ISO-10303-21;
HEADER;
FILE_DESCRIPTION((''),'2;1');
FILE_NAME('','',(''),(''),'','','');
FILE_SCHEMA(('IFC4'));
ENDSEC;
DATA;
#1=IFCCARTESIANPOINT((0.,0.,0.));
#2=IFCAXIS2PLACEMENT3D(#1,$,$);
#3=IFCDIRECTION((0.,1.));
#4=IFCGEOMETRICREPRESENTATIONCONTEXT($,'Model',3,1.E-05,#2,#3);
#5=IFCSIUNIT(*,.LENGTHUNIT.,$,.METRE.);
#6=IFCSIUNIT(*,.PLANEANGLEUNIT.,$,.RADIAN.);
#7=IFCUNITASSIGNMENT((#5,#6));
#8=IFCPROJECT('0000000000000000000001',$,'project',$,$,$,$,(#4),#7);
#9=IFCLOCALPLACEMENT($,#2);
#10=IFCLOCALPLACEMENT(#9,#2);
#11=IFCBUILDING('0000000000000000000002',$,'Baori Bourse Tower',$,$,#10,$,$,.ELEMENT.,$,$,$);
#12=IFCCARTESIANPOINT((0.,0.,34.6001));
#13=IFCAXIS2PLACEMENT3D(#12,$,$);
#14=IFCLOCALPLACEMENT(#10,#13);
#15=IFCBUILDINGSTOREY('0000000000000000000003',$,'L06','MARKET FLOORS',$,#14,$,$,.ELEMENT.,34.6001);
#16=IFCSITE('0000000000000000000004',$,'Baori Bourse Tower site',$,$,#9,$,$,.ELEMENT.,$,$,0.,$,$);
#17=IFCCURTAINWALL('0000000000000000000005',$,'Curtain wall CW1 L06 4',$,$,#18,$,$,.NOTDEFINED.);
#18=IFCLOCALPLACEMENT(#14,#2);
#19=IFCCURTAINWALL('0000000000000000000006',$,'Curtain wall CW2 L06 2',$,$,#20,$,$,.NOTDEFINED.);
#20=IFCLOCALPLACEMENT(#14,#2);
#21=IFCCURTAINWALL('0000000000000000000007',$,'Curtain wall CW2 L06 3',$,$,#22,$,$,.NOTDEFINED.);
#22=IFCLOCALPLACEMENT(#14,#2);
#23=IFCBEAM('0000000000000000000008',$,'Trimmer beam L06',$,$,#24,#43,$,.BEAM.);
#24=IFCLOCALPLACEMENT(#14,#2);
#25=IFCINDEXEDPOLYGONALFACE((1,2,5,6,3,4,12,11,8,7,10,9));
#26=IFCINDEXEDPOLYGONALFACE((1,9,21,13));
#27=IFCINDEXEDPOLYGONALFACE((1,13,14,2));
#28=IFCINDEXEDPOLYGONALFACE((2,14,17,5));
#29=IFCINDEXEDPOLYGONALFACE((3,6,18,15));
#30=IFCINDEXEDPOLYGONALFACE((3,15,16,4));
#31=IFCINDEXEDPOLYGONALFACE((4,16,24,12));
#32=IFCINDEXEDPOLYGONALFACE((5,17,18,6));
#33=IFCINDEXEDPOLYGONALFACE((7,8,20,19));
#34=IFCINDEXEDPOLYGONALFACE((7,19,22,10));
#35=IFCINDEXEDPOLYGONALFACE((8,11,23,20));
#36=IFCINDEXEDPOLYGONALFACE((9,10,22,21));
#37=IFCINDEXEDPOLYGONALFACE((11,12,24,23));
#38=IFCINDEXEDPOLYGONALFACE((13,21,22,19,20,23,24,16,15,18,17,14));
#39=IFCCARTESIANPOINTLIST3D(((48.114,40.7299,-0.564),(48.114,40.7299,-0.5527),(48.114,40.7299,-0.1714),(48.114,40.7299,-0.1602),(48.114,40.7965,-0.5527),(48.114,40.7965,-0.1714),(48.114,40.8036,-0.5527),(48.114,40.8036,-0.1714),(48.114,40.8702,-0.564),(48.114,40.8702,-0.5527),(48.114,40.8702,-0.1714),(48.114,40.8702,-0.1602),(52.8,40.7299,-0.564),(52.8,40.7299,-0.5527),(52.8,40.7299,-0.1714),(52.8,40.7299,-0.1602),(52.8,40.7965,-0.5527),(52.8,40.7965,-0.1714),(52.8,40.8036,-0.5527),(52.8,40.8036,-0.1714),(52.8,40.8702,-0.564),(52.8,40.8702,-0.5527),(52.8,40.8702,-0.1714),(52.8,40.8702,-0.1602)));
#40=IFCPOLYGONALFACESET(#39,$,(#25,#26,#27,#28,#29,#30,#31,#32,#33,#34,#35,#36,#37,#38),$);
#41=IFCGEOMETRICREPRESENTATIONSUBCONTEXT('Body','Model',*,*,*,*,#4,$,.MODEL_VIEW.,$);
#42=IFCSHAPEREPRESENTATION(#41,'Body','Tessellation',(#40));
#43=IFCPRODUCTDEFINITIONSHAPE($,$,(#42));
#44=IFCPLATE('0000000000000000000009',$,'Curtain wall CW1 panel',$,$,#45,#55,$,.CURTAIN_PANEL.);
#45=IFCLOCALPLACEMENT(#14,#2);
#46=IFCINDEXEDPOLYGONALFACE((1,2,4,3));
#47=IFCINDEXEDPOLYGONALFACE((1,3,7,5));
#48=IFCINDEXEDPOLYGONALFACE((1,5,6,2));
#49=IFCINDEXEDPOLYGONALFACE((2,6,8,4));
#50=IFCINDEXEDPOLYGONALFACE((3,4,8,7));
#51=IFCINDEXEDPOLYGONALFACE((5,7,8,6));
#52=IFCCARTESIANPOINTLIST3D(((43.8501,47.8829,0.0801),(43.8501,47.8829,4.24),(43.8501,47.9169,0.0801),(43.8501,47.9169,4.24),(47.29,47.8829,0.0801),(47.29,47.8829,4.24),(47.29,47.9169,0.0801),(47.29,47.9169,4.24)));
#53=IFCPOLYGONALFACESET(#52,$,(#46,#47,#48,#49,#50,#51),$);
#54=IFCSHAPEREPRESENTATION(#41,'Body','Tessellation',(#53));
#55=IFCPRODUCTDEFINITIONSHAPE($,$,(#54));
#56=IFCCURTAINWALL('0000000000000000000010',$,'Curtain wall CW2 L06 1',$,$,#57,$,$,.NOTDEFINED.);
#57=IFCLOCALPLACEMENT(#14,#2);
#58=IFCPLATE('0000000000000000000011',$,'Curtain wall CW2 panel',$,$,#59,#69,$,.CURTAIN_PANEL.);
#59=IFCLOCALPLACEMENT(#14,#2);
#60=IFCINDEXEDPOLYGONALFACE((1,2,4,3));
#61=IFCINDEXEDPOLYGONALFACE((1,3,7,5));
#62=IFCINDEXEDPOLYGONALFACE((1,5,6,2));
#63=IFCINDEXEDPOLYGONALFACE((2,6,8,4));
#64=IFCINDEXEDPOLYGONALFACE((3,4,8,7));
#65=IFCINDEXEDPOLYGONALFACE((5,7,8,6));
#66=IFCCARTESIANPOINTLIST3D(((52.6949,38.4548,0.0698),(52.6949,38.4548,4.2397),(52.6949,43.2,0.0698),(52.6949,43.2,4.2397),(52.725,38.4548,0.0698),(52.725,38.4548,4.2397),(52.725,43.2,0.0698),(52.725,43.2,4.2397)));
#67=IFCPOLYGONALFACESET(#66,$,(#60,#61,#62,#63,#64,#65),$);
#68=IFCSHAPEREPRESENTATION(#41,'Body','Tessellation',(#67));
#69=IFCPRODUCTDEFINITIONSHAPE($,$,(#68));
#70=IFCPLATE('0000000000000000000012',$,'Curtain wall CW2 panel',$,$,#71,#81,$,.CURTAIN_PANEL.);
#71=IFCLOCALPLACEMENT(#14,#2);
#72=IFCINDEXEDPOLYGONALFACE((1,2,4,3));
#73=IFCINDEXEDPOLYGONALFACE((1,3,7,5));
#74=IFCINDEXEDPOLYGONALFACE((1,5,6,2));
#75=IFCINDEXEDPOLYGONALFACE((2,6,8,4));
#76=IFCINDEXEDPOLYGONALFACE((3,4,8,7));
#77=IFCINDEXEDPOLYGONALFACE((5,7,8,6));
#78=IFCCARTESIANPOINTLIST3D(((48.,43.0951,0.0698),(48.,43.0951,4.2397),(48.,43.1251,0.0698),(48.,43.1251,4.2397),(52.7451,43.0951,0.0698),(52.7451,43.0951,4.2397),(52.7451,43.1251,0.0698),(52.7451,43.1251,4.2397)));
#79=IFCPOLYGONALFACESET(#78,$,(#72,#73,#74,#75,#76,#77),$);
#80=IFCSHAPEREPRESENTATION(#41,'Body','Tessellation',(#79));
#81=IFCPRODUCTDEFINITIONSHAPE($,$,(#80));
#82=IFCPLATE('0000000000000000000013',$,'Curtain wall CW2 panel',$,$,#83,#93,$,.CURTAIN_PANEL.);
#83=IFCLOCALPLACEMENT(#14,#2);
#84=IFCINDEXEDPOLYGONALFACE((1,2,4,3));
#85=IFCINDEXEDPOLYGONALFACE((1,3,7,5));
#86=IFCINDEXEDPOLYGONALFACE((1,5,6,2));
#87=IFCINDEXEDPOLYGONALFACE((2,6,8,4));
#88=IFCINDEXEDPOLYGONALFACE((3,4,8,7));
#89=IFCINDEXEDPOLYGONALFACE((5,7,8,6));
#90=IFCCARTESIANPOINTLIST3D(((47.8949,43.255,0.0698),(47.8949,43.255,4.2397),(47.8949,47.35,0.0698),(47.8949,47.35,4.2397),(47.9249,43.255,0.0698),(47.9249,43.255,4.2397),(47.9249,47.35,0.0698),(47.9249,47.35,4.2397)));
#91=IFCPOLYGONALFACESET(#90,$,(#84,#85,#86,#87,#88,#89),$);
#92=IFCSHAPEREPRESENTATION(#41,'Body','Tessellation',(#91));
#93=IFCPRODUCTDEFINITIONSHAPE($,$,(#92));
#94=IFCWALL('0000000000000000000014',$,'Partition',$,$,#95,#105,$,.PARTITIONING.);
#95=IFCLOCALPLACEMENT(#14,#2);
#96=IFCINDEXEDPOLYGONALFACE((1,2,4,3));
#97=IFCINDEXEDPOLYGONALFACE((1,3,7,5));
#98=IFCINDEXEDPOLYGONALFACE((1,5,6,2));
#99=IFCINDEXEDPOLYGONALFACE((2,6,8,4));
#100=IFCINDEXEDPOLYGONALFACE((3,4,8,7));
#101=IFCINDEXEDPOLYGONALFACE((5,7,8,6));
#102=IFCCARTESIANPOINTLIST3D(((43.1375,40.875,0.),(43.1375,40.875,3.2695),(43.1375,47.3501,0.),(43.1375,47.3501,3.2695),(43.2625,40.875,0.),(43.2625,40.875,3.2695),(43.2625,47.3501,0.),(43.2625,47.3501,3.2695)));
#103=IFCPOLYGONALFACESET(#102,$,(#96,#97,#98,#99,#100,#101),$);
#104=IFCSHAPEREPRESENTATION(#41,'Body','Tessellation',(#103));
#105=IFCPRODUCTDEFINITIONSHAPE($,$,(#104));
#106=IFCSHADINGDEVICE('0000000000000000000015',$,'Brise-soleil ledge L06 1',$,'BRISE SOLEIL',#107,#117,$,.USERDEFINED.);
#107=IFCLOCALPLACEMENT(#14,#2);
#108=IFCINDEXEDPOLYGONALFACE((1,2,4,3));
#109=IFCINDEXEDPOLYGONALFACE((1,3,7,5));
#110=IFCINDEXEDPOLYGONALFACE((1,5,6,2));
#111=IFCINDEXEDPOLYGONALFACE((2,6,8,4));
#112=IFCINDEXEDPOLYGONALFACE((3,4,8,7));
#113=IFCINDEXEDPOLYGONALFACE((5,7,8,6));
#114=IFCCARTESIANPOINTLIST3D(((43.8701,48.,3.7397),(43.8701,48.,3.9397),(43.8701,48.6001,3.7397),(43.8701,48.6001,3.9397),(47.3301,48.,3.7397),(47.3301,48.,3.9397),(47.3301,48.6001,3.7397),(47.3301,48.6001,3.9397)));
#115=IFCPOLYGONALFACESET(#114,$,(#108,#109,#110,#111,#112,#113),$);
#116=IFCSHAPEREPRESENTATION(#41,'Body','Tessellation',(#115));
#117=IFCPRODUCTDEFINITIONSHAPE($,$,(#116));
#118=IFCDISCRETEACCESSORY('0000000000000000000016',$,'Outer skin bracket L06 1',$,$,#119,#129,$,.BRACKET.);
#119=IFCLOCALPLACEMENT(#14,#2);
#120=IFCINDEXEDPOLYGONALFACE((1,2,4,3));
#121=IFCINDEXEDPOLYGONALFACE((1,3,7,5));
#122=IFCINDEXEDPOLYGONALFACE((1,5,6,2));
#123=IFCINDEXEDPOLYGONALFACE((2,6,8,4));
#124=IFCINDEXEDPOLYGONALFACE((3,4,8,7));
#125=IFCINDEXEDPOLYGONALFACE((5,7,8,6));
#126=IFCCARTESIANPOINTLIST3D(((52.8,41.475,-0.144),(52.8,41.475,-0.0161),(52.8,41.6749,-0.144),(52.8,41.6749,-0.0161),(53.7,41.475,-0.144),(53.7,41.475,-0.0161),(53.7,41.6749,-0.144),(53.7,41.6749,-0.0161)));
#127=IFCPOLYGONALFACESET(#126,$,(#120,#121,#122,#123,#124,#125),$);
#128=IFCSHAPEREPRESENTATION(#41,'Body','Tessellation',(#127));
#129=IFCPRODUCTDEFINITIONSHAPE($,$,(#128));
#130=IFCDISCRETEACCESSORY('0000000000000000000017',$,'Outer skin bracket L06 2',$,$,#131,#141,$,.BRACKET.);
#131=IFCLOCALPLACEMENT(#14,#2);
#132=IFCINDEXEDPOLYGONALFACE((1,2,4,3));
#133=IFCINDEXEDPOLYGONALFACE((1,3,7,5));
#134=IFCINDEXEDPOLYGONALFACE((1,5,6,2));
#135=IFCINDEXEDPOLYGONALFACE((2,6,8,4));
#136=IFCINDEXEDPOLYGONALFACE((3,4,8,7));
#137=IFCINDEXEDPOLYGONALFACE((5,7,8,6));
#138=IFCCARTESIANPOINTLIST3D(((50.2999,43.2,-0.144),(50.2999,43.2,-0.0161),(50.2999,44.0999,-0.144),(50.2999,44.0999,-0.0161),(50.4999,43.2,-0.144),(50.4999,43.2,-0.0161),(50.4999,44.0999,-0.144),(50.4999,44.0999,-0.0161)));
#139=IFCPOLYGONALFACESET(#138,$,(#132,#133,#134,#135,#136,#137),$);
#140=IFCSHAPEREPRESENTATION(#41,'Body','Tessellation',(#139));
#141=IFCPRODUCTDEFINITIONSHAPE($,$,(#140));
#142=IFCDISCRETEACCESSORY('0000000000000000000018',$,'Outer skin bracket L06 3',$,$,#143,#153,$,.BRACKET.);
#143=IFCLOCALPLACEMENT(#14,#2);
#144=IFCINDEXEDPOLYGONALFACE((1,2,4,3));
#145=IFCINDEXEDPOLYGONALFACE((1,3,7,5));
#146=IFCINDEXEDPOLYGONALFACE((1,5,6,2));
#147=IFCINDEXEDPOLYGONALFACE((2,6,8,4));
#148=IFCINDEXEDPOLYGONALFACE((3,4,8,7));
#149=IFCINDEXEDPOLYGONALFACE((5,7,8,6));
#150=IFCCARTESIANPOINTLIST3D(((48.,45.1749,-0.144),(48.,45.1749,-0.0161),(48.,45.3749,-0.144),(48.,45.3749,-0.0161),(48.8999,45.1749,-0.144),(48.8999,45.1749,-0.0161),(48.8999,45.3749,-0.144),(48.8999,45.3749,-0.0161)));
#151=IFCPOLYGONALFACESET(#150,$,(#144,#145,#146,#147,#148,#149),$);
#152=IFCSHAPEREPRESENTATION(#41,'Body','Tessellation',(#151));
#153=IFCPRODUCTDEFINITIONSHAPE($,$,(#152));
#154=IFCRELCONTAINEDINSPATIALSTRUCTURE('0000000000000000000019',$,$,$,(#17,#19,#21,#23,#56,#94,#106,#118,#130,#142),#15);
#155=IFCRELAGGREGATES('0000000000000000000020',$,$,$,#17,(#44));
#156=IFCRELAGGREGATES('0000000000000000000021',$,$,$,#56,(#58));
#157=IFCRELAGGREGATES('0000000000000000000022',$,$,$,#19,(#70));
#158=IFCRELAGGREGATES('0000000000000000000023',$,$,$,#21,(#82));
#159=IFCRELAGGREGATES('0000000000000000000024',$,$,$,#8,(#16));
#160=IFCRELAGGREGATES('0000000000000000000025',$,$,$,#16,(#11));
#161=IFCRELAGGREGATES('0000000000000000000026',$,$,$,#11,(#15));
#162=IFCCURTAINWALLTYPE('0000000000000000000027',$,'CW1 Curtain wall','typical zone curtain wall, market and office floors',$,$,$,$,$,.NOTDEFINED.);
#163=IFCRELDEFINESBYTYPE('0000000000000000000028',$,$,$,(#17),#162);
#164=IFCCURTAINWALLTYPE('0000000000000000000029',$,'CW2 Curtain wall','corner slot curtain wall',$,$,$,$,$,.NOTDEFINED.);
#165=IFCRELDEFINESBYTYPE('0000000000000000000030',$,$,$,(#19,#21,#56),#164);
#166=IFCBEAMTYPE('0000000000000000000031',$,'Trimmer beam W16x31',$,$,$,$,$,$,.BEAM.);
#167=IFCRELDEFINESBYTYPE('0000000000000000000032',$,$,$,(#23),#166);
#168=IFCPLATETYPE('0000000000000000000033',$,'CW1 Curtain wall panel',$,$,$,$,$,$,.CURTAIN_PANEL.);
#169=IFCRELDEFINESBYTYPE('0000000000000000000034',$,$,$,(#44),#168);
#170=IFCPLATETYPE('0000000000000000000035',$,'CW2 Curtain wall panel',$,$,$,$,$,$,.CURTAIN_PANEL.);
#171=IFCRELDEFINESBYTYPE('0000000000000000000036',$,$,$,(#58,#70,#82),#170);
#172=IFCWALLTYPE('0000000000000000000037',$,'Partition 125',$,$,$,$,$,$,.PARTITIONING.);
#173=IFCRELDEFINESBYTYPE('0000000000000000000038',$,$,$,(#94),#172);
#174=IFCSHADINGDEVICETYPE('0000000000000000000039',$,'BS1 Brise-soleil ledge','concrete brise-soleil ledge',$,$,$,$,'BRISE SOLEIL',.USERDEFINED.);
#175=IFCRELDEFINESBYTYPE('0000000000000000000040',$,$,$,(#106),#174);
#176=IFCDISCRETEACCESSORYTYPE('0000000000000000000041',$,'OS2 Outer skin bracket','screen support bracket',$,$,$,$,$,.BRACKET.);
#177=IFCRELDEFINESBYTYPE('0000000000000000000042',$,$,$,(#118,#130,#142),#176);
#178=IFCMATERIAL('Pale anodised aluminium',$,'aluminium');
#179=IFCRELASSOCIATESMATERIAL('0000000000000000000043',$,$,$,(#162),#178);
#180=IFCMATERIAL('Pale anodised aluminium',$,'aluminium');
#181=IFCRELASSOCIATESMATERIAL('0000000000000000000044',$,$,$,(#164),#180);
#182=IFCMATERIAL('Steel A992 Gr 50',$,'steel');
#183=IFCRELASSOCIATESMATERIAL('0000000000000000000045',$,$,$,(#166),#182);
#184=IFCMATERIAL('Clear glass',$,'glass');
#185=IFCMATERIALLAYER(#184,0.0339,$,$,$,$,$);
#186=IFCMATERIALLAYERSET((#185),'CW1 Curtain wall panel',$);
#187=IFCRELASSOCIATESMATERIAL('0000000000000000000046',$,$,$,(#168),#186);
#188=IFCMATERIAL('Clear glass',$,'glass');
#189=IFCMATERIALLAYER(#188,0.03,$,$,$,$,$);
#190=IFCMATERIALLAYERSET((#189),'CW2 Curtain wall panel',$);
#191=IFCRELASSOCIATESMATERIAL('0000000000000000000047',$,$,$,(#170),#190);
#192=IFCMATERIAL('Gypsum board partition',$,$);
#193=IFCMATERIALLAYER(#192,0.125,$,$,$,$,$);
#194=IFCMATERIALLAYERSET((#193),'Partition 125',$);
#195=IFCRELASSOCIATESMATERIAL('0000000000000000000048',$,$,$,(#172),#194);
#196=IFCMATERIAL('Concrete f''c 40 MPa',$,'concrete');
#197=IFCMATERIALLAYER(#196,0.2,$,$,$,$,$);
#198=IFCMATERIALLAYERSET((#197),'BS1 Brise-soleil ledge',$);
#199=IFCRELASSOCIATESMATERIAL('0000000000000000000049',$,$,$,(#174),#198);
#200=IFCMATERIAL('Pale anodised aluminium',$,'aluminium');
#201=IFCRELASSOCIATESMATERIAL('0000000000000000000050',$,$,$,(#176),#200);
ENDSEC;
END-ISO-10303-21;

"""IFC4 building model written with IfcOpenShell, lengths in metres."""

from ifc_helpers import new_model, si_unit, direction, frame, frame_2d, origin, origin_2d, place, context, subcontext, project, spatial, rectangle, i_section, extrude, material, layer, layer_set, material_profile, profile_set, type_object, element, aggregate, save


model = new_model("IFC4")

# Units and contexts
model_context = context("Model", 3, precision=1e-05, world=origin(), true_north=direction((0.0, 1.0)))
body_context = subcontext(model_context, "Body", "Model", "MODEL_VIEW")
ifc_project = project(units=[si_unit("LENGTHUNIT", "METRE"), si_unit("PLANEANGLEUNIT", "RADIAN")], contexts=[model_context])

# Site, building, storey
site_placement = place(None, origin())
site = spatial("IfcSite", under=ifc_project, at=site_placement, Name="Baori Bourse Tower site", CompositionType="ELEMENT", RefElevation=0.0)
building_placement = place(site_placement, origin())
building = spatial("IfcBuilding", under=site, at=building_placement, Name="Baori Bourse Tower", CompositionType="ELEMENT")
storey_placement = place(building_placement, frame((0.0, 0.0, 34.6001)))
storey = spatial("IfcBuildingStorey", under=building, at=storey_placement, Name="L06", Description="MARKET FLOORS", CompositionType="ELEMENT", Elevation=34.6001)

# Curtain wall
ifc_material_1 = material(Name="Pale anodised aluminium", Category="aluminium")
curtain_wall_type_1 = type_object("IfcCurtainWallType", Name="CW1 Curtain wall", Description="typical zone curtain wall, market and office floors", PredefinedType="NOTDEFINED", material=ifc_material_1)
curtain_wall_1_placement = place(storey_placement, origin())
curtain_wall_1 = element("IfcCurtainWall", 1, at=curtain_wall_1_placement, inside=storey, type_object=curtain_wall_type_1, Name="Curtain wall CW1 L06 4", PredefinedType="NOTDEFINED")

# Curtain walls
ifc_material_2 = material(Name="Pale anodised aluminium", Category="aluminium")
curtain_wall_type_2 = type_object("IfcCurtainWallType", Name="CW2 Curtain wall", Description="corner slot curtain wall", PredefinedType="NOTDEFINED", material=ifc_material_2)
curtain_wall_2_placement = place(storey_placement, origin())
curtain_wall_2 = element("IfcCurtainWall", 2, at=curtain_wall_2_placement, inside=storey, type_object=curtain_wall_type_2, Name="Curtain wall CW2 L06 2", PredefinedType="NOTDEFINED")
curtain_wall_3_placement = place(storey_placement, origin())
curtain_wall_3 = element("IfcCurtainWall", 3, at=curtain_wall_3_placement, inside=storey, type_object=curtain_wall_type_2, Name="Curtain wall CW2 L06 3", PredefinedType="NOTDEFINED")

# Beam
ifc_material_3 = material(Name="Steel A992 Gr 50", Category="steel")
ifc_material_profile_1 = material_profile(ifc_material_3, i_section(OverallWidth=0.1404, OverallDepth=0.4038, WebThickness=0.0071, FlangeThickness=0.0112, at=origin_2d()), Name="W16x31")
ifc_profile_set_1 = profile_set([ifc_material_profile_1], Name="Steel A992 Gr 50")
beam_type_1 = type_object("IfcBeamType", Name="Trimmer beam W16x31", PredefinedType="BEAM", material=ifc_profile_set_1)
beam_1_placement = place(storey_placement, frame((48.114, 40.8, -0.3621), z_axis=(1.0, 0.0, 0.0), x_axis=(0.0, 1.0, 0.0)))
element("IfcBeam", 4, at=beam_1_placement, inside=storey, type_object=beam_type_1, Name="Trimmer beam L06", PredefinedType="BEAM", context=body_context, shape_type="SweptSolid", body=[
    extrude(i_section(OverallWidth=0.1404, OverallDepth=0.4038, WebThickness=0.0071, FlangeThickness=0.0112, at=origin_2d()), origin(), (0.0, 0.0, 1.0), 4.686),
])

# Plate
ifc_material_4 = material(Name="Clear glass", Category="glass")
ifc_layer_1 = layer(ifc_material_4, 0.0339)
ifc_layer_set_1 = layer_set([ifc_layer_1], Name="CW1 Curtain wall panel")
plate_type_1 = type_object("IfcPlateType", Name="CW1 Curtain wall panel", PredefinedType="CURTAIN_PANEL", material=ifc_layer_set_1)
plate_1_placement = place(storey_placement, frame((45.5701, 47.8999, 0.0801), z_axis=(0.0, 0.0, 1.0), x_axis=(-1.0, 0.0, 0.0)))
plate_1 = element("IfcPlate", 5, at=plate_1_placement, type_object=plate_type_1, Name="Curtain wall CW1 panel", PredefinedType="CURTAIN_PANEL", context=body_context, shape_type="SweptSolid", body=[
    extrude(rectangle(XDim=3.4399, YDim=0.0339, at=origin_2d()), origin(), (0.0, 0.0, 1.0), 4.1599),
])
aggregate(curtain_wall_1, [plate_1])

# Curtain wall, plate
curtain_wall_4_placement = place(storey_placement, origin())
curtain_wall_4 = element("IfcCurtainWall", 6, at=curtain_wall_4_placement, inside=storey, type_object=curtain_wall_type_2, Name="Curtain wall CW2 L06 1", PredefinedType="NOTDEFINED")
ifc_material_5 = material(Name="Clear glass", Category="glass")
ifc_layer_2 = layer(ifc_material_5, 0.03)
ifc_layer_set_2 = layer_set([ifc_layer_2], Name="CW2 Curtain wall panel")
plate_type_2 = type_object("IfcPlateType", Name="CW2 Curtain wall panel", PredefinedType="CURTAIN_PANEL", material=ifc_layer_set_2)
plate_2_placement = place(storey_placement, frame((52.71, 40.8274, 0.0698), z_axis=(0.0, 0.0, 1.0), x_axis=(0.0, 1.0, 0.0)))
plate_2 = element("IfcPlate", 7, at=plate_2_placement, type_object=plate_type_2, Name="Curtain wall CW2 panel", PredefinedType="CURTAIN_PANEL", context=body_context, shape_type="SweptSolid", body=[
    extrude(rectangle(XDim=4.7451, YDim=0.03, at=origin_2d()), origin(), (0.0, 0.0, 1.0), 4.1699),
])
aggregate(curtain_wall_4, [plate_2])

# Plates
plate_3_placement = place(storey_placement, frame((50.3726, 43.1101, 0.0698), z_axis=(0.0, 0.0, 1.0), x_axis=(-1.0, 0.0, 0.0)))
plate_3 = element("IfcPlate", 8, at=plate_3_placement, type_object=plate_type_2, Name="Curtain wall CW2 panel", PredefinedType="CURTAIN_PANEL", context=body_context, shape_type="SweptSolid", body=[
    extrude(rectangle(XDim=4.7451, YDim=0.03, at=origin_2d()), origin(), (0.0, 0.0, 1.0), 4.1699),
])
aggregate(curtain_wall_2, [plate_3])
plate_4_placement = place(storey_placement, frame((47.9099, 45.3025, 0.0698), z_axis=(0.0, 0.0, 1.0), x_axis=(0.0, 1.0, 0.0)))
plate_4 = element("IfcPlate", 9, at=plate_4_placement, type_object=plate_type_2, Name="Curtain wall CW2 panel", PredefinedType="CURTAIN_PANEL", context=body_context, shape_type="SweptSolid", body=[
    extrude(rectangle(XDim=4.095, YDim=0.03, at=origin_2d()), origin(), (0.0, 0.0, 1.0), 4.1699),
])
aggregate(curtain_wall_3, [plate_4])

# Wall
ifc_material_6 = material(Name="Gypsum board partition")
ifc_layer_3 = layer(ifc_material_6, 0.125)
ifc_layer_set_3 = layer_set([ifc_layer_3], Name="Partition 125")
wall_type = type_object("IfcWallType", Name="Partition 125", PredefinedType="PARTITIONING", material=ifc_layer_set_3)
wall_placement = place(storey_placement, frame((43.2, 40.875, 0.0), z_axis=(0.0, 0.0, 1.0), x_axis=(0.0, 1.0, 0.0)))
element("IfcWall", 10, at=wall_placement, inside=storey, type_object=wall_type, Name="Partition", PredefinedType="PARTITIONING", context=body_context, shape_type="SweptSolid", body=[
    extrude(rectangle(XDim=6.4751, YDim=0.125, at=frame_2d((3.2375, 0.0))), origin(), (0.0, 0.0, 1.0), 3.2695),
])

# Shading device
ifc_material_7 = material(Name="Concrete f'c 40 MPa", Category="concrete")
ifc_layer_4 = layer(ifc_material_7, 0.2)
ifc_layer_set_4 = layer_set([ifc_layer_4], Name="BS1 Brise-soleil ledge")
shading_device_type = type_object("IfcShadingDeviceType", Name="BS1 Brise-soleil ledge", Description="concrete brise-soleil ledge", ElementType="BRISE SOLEIL", PredefinedType="USERDEFINED", material=ifc_layer_set_4)
shading_device_placement = place(storey_placement, frame((45.6001, 48.3, 3.7397), z_axis=(0.0, 0.0, 1.0), x_axis=(-1.0, 0.0, 0.0)))
element("IfcShadingDevice", 11, at=shading_device_placement, inside=storey, type_object=shading_device_type, Name="Brise-soleil ledge L06 1", ObjectType="BRISE SOLEIL", PredefinedType="USERDEFINED", context=body_context, shape_type="SweptSolid", body=[
    extrude(rectangle(XDim=3.46, YDim=0.6001, at=origin_2d()), origin(), (0.0, 0.0, 1.0), 0.2),
])

# Discrete accessories
ifc_material_8 = material(Name="Pale anodised aluminium", Category="aluminium")
discrete_accessory_type = type_object("IfcDiscreteAccessoryType", Name="OS2 Outer skin bracket", Description="screen support bracket", PredefinedType="BRACKET", material=ifc_material_8)
for number, where, z_axis, x_axis, name in (
    (12, (53.25, 41.575, -0.144), (0.0, 0.0, 1.0), (0.0, 1.0, 0.0), "Outer skin bracket L06 1"),
    (13, (50.3999, 43.6499, -0.144), (0.0, 0.0, 1.0), (-1.0, 0.0, 0.0), "Outer skin bracket L06 2"),
    (14, (48.45, 45.2749, -0.144), (0.0, 0.0, 1.0), (0.0, 1.0, 0.0), "Outer skin bracket L06 3"),
):
    element("IfcDiscreteAccessory", number, at=place(storey_placement, frame(where, z_axis=z_axis, x_axis=x_axis)), inside=storey, type_object=discrete_accessory_type, Name=name, PredefinedType="BRACKET", context=body_context, shape_type="SweptSolid", body=[
        extrude(rectangle(XDim=0.2, YDim=0.8999, at=origin_2d()), origin(), (0.0, 0.0, 1.0), 0.1279),
    ])

save(model, "model.ifc")
